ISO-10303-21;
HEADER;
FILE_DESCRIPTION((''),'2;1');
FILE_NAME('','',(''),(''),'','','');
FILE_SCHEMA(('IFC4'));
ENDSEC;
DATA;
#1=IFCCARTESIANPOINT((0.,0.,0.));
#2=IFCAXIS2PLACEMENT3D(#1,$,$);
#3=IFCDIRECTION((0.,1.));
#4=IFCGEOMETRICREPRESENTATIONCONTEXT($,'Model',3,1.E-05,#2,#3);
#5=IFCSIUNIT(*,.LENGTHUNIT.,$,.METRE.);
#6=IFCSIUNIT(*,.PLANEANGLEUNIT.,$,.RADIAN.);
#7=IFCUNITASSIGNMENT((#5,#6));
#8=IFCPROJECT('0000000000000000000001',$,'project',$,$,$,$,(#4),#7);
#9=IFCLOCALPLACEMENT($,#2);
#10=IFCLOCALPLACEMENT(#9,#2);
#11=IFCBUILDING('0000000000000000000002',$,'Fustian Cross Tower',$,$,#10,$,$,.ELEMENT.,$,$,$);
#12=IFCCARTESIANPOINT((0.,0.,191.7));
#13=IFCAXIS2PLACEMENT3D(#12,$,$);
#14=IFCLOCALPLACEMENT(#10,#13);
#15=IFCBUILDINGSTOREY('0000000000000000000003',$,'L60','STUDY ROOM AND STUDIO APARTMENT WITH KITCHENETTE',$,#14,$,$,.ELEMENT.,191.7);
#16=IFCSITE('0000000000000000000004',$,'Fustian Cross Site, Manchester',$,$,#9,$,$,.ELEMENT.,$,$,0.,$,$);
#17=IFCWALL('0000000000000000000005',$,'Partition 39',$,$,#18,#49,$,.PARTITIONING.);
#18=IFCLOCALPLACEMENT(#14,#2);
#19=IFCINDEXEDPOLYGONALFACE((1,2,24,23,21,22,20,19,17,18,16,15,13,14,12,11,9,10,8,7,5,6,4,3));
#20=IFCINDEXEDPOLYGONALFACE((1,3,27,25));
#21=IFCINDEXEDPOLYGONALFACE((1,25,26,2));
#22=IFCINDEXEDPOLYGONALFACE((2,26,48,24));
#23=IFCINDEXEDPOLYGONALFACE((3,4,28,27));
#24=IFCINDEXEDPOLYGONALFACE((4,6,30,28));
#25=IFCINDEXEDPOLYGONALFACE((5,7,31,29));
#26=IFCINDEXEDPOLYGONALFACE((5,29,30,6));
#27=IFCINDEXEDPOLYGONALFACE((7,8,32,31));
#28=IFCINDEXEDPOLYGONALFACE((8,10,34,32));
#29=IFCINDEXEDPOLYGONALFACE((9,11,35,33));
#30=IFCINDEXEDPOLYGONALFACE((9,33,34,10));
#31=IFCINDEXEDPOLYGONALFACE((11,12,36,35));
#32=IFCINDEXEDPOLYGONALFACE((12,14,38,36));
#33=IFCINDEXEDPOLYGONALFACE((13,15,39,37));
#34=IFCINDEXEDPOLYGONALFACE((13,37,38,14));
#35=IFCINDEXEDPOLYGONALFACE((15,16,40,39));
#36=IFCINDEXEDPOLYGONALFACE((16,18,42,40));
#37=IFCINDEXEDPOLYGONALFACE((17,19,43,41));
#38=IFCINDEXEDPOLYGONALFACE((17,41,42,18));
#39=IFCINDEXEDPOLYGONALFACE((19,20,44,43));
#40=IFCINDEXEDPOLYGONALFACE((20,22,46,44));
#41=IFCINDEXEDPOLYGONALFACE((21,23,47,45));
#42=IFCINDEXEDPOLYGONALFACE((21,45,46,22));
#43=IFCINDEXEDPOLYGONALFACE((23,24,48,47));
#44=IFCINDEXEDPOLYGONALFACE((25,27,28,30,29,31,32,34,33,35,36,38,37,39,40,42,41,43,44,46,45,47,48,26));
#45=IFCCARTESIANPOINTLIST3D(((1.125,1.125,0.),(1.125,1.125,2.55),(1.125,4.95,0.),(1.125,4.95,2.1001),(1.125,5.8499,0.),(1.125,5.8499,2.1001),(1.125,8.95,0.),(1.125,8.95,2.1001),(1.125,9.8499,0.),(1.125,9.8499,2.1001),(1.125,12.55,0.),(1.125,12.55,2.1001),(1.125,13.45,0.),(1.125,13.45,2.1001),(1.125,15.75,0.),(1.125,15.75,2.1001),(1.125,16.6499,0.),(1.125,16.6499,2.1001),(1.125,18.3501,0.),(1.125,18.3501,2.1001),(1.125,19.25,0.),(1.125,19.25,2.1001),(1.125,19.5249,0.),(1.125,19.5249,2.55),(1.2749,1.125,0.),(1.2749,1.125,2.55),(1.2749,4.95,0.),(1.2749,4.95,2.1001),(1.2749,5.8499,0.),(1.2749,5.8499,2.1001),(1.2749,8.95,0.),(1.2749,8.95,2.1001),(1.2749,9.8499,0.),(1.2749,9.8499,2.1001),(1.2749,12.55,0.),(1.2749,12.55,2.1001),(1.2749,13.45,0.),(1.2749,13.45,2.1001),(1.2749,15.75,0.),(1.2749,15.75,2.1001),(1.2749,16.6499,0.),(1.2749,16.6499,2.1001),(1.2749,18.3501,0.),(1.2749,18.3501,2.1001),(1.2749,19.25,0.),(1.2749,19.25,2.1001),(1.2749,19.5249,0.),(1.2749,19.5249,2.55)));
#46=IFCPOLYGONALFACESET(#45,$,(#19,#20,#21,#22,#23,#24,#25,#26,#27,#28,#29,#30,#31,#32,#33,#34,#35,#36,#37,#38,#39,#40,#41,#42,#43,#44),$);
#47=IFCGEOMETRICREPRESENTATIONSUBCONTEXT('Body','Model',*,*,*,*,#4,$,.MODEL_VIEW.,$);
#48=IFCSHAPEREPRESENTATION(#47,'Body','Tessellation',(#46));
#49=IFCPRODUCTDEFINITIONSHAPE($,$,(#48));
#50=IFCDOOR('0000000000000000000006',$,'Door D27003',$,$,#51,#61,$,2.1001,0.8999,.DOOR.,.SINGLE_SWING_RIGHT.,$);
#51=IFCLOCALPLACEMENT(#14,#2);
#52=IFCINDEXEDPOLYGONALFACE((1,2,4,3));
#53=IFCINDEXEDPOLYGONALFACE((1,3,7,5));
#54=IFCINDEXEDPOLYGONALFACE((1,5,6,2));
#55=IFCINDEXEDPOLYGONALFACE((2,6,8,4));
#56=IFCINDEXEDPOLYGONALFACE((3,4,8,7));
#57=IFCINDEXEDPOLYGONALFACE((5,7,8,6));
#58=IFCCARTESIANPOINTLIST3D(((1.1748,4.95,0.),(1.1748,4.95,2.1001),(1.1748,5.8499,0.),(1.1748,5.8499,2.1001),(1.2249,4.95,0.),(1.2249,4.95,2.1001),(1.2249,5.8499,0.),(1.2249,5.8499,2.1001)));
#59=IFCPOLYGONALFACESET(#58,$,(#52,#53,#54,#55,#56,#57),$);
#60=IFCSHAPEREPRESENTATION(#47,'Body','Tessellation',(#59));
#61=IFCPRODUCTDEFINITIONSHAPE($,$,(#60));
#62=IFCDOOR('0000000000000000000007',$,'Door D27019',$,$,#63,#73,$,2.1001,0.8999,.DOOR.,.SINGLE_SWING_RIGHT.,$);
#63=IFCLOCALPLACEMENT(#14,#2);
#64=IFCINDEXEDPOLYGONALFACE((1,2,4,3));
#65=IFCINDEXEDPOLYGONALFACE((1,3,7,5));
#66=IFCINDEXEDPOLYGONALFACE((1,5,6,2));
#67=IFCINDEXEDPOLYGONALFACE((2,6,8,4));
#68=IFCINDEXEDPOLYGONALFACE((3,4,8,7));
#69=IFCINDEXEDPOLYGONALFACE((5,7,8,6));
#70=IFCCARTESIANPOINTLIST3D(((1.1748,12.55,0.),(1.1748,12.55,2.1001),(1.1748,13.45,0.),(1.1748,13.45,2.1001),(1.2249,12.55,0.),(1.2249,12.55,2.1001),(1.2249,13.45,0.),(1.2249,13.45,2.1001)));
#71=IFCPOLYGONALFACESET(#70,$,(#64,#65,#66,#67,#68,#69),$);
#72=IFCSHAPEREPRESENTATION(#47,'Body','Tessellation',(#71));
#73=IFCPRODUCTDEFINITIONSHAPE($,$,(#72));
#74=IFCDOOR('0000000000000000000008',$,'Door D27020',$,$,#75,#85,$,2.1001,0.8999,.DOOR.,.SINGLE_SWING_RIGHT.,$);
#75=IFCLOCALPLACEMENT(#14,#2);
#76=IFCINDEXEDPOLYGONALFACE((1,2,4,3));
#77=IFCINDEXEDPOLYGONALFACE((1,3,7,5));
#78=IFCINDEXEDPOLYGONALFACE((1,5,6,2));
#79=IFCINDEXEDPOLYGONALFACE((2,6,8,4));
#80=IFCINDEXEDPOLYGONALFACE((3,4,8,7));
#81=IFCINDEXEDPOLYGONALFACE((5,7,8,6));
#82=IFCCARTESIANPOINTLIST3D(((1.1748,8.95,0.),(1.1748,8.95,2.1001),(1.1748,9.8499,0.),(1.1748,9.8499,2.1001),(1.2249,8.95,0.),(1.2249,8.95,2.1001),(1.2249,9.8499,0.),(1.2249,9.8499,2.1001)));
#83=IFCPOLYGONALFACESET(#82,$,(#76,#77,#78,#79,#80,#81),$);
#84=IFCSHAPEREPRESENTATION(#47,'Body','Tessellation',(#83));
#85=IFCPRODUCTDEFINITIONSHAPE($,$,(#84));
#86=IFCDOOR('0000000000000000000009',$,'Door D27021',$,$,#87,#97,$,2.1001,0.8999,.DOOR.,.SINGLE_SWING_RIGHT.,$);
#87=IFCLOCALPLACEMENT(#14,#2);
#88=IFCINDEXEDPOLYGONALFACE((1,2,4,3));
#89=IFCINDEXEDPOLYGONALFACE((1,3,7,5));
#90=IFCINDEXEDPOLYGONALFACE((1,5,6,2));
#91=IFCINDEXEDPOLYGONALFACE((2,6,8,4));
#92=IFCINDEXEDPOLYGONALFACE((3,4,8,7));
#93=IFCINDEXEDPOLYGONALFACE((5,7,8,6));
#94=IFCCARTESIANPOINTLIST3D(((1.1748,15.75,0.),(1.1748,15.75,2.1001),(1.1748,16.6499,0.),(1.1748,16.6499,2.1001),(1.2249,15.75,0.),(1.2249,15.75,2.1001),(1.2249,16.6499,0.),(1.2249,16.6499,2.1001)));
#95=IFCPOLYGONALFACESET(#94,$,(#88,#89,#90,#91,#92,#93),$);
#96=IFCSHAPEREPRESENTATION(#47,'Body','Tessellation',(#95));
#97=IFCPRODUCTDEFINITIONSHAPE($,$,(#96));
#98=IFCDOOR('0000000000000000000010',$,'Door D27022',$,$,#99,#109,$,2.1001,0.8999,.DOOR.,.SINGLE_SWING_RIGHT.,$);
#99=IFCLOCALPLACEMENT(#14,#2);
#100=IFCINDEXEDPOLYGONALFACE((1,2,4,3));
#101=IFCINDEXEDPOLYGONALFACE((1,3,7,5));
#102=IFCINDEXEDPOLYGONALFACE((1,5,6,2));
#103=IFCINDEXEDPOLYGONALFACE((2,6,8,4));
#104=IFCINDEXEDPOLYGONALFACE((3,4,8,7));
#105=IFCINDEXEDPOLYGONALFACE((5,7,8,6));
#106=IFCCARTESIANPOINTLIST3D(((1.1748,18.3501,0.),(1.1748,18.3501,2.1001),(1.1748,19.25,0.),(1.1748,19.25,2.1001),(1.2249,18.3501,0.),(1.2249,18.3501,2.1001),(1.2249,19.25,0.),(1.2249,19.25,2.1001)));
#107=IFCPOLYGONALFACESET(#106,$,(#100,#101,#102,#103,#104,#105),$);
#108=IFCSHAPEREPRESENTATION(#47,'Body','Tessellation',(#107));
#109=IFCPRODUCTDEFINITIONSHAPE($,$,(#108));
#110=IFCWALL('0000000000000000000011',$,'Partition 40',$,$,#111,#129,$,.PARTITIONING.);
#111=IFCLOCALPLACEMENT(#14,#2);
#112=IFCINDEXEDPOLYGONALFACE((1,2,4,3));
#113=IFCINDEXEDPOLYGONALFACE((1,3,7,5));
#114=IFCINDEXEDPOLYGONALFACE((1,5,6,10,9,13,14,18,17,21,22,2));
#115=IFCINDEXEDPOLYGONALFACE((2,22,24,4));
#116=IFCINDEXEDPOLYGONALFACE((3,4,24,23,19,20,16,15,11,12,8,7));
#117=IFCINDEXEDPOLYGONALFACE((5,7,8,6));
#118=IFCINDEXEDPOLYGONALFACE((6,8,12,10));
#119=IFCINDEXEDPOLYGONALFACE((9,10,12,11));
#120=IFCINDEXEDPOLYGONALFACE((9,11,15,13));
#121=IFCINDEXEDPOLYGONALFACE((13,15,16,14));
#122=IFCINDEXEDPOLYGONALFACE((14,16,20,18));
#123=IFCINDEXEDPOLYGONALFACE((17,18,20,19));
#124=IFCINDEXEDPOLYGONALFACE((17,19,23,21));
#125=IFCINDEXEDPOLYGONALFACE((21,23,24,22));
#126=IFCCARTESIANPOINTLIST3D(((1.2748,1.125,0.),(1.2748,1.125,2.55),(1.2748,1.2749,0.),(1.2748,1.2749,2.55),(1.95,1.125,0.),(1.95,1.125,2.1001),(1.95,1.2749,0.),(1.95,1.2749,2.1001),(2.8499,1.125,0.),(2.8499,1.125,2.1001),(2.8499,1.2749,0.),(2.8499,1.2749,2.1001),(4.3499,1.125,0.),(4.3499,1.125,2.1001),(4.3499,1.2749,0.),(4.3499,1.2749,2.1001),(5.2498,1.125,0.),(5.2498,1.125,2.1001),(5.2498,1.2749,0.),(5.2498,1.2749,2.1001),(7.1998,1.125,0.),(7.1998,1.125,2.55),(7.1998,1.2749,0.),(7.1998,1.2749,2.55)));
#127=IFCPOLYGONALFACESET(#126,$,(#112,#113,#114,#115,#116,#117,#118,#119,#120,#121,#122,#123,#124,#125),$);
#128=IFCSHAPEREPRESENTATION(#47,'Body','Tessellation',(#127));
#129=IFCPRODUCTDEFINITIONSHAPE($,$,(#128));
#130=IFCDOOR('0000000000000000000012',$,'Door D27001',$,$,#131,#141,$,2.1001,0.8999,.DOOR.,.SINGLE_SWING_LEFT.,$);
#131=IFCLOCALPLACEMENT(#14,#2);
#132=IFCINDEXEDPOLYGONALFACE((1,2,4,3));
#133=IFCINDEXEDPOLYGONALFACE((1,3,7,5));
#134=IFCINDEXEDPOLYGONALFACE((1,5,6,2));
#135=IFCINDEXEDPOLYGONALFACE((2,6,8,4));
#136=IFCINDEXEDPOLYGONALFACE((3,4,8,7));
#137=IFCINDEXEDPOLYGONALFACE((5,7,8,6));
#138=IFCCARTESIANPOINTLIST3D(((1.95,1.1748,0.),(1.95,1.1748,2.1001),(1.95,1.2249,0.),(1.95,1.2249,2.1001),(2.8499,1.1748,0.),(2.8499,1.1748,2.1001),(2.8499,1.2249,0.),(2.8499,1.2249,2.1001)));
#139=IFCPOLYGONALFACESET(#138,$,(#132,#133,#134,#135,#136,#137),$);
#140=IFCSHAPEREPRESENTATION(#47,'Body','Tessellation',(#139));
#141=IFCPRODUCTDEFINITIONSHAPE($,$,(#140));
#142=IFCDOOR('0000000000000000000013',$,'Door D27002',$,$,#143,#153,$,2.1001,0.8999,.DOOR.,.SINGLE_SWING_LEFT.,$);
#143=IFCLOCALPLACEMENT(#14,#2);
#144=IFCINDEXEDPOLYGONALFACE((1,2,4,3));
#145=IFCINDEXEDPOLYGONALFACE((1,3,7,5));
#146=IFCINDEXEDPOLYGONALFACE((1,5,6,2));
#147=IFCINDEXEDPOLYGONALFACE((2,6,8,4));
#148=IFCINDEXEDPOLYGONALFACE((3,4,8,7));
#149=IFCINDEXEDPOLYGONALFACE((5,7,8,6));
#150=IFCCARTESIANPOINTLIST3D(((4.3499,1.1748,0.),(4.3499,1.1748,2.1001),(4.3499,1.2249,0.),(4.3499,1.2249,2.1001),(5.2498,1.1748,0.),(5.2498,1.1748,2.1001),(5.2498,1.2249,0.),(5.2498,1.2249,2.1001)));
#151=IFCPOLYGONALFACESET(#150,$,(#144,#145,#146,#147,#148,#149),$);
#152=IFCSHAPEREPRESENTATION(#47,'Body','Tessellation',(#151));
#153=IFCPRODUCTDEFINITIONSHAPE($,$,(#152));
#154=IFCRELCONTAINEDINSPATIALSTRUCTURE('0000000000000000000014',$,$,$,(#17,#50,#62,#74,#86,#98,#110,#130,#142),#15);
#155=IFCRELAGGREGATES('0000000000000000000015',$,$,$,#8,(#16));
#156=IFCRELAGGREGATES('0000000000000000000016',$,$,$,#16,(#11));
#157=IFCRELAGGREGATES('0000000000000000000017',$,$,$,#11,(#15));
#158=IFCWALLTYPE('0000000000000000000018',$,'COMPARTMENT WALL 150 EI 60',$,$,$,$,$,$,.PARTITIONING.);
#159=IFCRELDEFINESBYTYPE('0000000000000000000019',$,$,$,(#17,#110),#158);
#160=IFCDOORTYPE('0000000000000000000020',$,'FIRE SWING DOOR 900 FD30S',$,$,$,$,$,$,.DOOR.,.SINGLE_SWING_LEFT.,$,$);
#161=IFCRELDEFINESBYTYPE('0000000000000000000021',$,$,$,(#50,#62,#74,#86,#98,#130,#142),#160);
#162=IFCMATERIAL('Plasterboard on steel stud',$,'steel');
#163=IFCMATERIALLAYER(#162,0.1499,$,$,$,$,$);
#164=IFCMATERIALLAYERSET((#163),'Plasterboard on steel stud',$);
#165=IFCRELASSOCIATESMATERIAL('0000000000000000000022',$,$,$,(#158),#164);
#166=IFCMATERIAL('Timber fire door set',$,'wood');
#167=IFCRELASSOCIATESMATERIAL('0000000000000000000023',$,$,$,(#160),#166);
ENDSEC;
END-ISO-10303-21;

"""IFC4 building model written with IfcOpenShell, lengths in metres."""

from ifc_helpers import new_model, si_unit, direction, frame, frame_2d, origin, place, context, subcontext, project, spatial, rectangle, extrude, material, layer, layer_set, type_object, element, fill, save


model = new_model("IFC4")

# Units and contexts
model_context = context("Model", 3, precision=1e-05, world=origin(), true_north=direction((0.0, 1.0)))
body_context = subcontext(model_context, "Body", "Model", "MODEL_VIEW")
ifc_project = project(units=[si_unit("LENGTHUNIT", "METRE"), si_unit("PLANEANGLEUNIT", "RADIAN")], contexts=[model_context])

# Site, building, storey
site_placement = place(None, origin())
site = spatial("IfcSite", under=ifc_project, at=site_placement, Name="Fustian Cross Site, Manchester", CompositionType="ELEMENT", RefElevation=0.0)
building_placement = place(site_placement, origin())
building = spatial("IfcBuilding", under=site, at=building_placement, Name="Fustian Cross Tower", CompositionType="ELEMENT")
storey_placement = place(building_placement, frame((0.0, 0.0, 191.7)))
storey = spatial("IfcBuildingStorey", under=building, at=storey_placement, Name="L60", Description="STUDY ROOM AND STUDIO APARTMENT WITH KITCHENETTE", CompositionType="ELEMENT", Elevation=191.7)

# Walls, openings, doors
ifc_material_1 = material(Name="Plasterboard on steel stud", Category="steel")
ifc_layer_1 = layer(ifc_material_1, 0.1499)
ifc_layer_set_1 = layer_set([ifc_layer_1], Name="Plasterboard on steel stud")
wall_type_1 = type_object("IfcWallType", Name="COMPARTMENT WALL 150 EI 60", PredefinedType="PARTITIONING", material=ifc_layer_set_1)
ifc_material_2 = material(Name="Timber fire door set", Category="wood")
door_type_1 = type_object("IfcDoorType", Name="FIRE SWING DOOR 900 FD30S", OperationType="SINGLE_SWING_LEFT", PredefinedType="DOOR", material=ifc_material_2)
wall_1_placement = place(storey_placement, frame((1.2, 1.125, 0.0), z_axis=(0.0, 0.0, 1.0), x_axis=(0.0, 1.0, 0.0)))
wall_1 = element("IfcWall", 1, at=wall_1_placement, inside=storey, type_object=wall_type_1, Name="Partition 39", PredefinedType="PARTITIONING", context=body_context, shape_type="SweptSolid", body=[
    extrude(rectangle(XDim=18.3999, YDim=0.1499, at=frame_2d((9.2, 0.0))), origin(), (0.0, 0.0, 1.0), 2.55),
])
opening_1_placement = place(wall_1_placement, frame((3.825, 0.0, 0.0)))
opening_1 = element("IfcOpeningElement", 2, at=opening_1_placement, cuts=wall_1, PredefinedType="OPENING", context=body_context, shape_type="SweptSolid", body=[
    extrude(rectangle(XDim=0.8999, YDim=2.1001, at=frame_2d((0.45, 1.05))), frame((0.0, 0.085, 0.0), z_axis=(0.0, -1.0, 0.0), x_axis=(1.0, 0.0, 0.0)), (0.0, 0.0, 1.0), 0.1699),
])
opening_2_placement = place(wall_1_placement, frame((11.425, 0.0, 0.0)))
opening_2 = element("IfcOpeningElement", 3, at=opening_2_placement, cuts=wall_1, PredefinedType="OPENING", context=body_context, shape_type="SweptSolid", body=[
    extrude(rectangle(XDim=0.8999, YDim=2.1001, at=frame_2d((0.45, 1.05))), frame((0.0, 0.085, 0.0), z_axis=(0.0, -1.0, 0.0), x_axis=(1.0, 0.0, 0.0)), (0.0, 0.0, 1.0), 0.1699),
])
opening_3_placement = place(wall_1_placement, frame((7.825, 0.0, 0.0)))
opening_3 = element("IfcOpeningElement", 4, at=opening_3_placement, cuts=wall_1, PredefinedType="OPENING", context=body_context, shape_type="SweptSolid", body=[
    extrude(rectangle(XDim=0.8999, YDim=2.1001, at=frame_2d((0.45, 1.05))), frame((0.0, 0.085, 0.0), z_axis=(0.0, -1.0, 0.0), x_axis=(1.0, 0.0, 0.0)), (0.0, 0.0, 1.0), 0.1699),
])
opening_4_placement = place(wall_1_placement, frame((14.625, 0.0, 0.0)))
opening_4 = element("IfcOpeningElement", 5, at=opening_4_placement, cuts=wall_1, PredefinedType="OPENING", context=body_context, shape_type="SweptSolid", body=[
    extrude(rectangle(XDim=0.8999, YDim=2.1001, at=frame_2d((0.45, 1.05))), frame((0.0, 0.085, 0.0), z_axis=(0.0, -1.0, 0.0), x_axis=(1.0, 0.0, 0.0)), (0.0, 0.0, 1.0), 0.1699),
])
opening_5_placement = place(wall_1_placement, frame((17.2251, 0.0, 0.0)))
opening_5 = element("IfcOpeningElement", 6, at=opening_5_placement, cuts=wall_1, PredefinedType="OPENING", context=body_context, shape_type="SweptSolid", body=[
    extrude(rectangle(XDim=0.8999, YDim=2.1001, at=frame_2d((0.45, 1.05))), frame((0.0, 0.085, 0.0), z_axis=(0.0, -1.0, 0.0), x_axis=(1.0, 0.0, 0.0)), (0.0, 0.0, 1.0), 0.1699),
])
door_1_placement = place(opening_1_placement, frame((0.8999, 0.0, 0.0), z_axis=(0.0, 0.0, 1.0), x_axis=(-1.0, 0.0, 0.0)))
door_1 = element("IfcDoor", 7, at=door_1_placement, inside=storey, type_object=door_type_1, Name="Door D27003", OperationType="SINGLE_SWING_RIGHT", OverallHeight=2.1001, OverallWidth=0.8999, PredefinedType="DOOR", context=body_context, shape_type="SweptSolid", body=[
    extrude(rectangle(XDim=0.8999, YDim=2.1001, at=frame_2d((0.45, 1.05))), frame((0.0, 0.0249, 0.0), z_axis=(0.0, -1.0, 0.0), x_axis=(1.0, 0.0, 0.0)), (0.0, 0.0, 1.0), 0.05),
])
fill(opening_1, door_1)
door_2_placement = place(opening_2_placement, frame((0.8999, 0.0, 0.0), z_axis=(0.0, 0.0, 1.0), x_axis=(-1.0, 0.0, 0.0)))
door_2 = element("IfcDoor", 8, at=door_2_placement, inside=storey, type_object=door_type_1, Name="Door D27019", OperationType="SINGLE_SWING_RIGHT", OverallHeight=2.1001, OverallWidth=0.8999, PredefinedType="DOOR", context=body_context, shape_type="SweptSolid", body=[
    extrude(rectangle(XDim=0.8999, YDim=2.1001, at=frame_2d((0.45, 1.05))), frame((0.0, 0.0249, 0.0), z_axis=(0.0, -1.0, 0.0), x_axis=(1.0, 0.0, 0.0)), (0.0, 0.0, 1.0), 0.05),
])
fill(opening_2, door_2)
door_3_placement = place(opening_3_placement, frame((0.8999, 0.0, 0.0), z_axis=(0.0, 0.0, 1.0), x_axis=(-1.0, 0.0, 0.0)))
door_3 = element("IfcDoor", 9, at=door_3_placement, inside=storey, type_object=door_type_1, Name="Door D27020", OperationType="SINGLE_SWING_RIGHT", OverallHeight=2.1001, OverallWidth=0.8999, PredefinedType="DOOR", context=body_context, shape_type="SweptSolid", body=[
    extrude(rectangle(XDim=0.8999, YDim=2.1001, at=frame_2d((0.45, 1.05))), frame((0.0, 0.0249, 0.0), z_axis=(0.0, -1.0, 0.0), x_axis=(1.0, 0.0, 0.0)), (0.0, 0.0, 1.0), 0.05),
])
fill(opening_3, door_3)
door_4_placement = place(opening_4_placement, frame((0.8999, 0.0, 0.0), z_axis=(0.0, 0.0, 1.0), x_axis=(-1.0, 0.0, 0.0)))
door_4 = element("IfcDoor", 10, at=door_4_placement, inside=storey, type_object=door_type_1, Name="Door D27021", OperationType="SINGLE_SWING_RIGHT", OverallHeight=2.1001, OverallWidth=0.8999, PredefinedType="DOOR", context=body_context, shape_type="SweptSolid", body=[
    extrude(rectangle(XDim=0.8999, YDim=2.1001, at=frame_2d((0.45, 1.05))), frame((0.0, 0.0249, 0.0), z_axis=(0.0, -1.0, 0.0), x_axis=(1.0, 0.0, 0.0)), (0.0, 0.0, 1.0), 0.05),
])
fill(opening_4, door_4)
door_5_placement = place(opening_5_placement, frame((0.8999, 0.0, 0.0), z_axis=(0.0, 0.0, 1.0), x_axis=(-1.0, 0.0, 0.0)))
door_5 = element("IfcDoor", 11, at=door_5_placement, inside=storey, type_object=door_type_1, Name="Door D27022", OperationType="SINGLE_SWING_RIGHT", OverallHeight=2.1001, OverallWidth=0.8999, PredefinedType="DOOR", context=body_context, shape_type="SweptSolid", body=[
    extrude(rectangle(XDim=0.8999, YDim=2.1001, at=frame_2d((0.45, 1.05))), frame((0.0, 0.0249, 0.0), z_axis=(0.0, -1.0, 0.0), x_axis=(1.0, 0.0, 0.0)), (0.0, 0.0, 1.0), 0.05),
])
fill(opening_5, door_5)
wall_2_placement = place(storey_placement, frame((1.2749, 1.2, 0.0), z_axis=(0.0, 0.0, 1.0), x_axis=(1.0, 0.0, 0.0)))
wall_2 = element("IfcWall", 12, at=wall_2_placement, inside=storey, type_object=wall_type_1, Name="Partition 40", PredefinedType="PARTITIONING", context=body_context, shape_type="SweptSolid", body=[
    extrude(rectangle(XDim=5.925, YDim=0.1499, at=frame_2d((2.9624, 0.0))), origin(), (0.0, 0.0, 1.0), 2.55),
])
opening_6_placement = place(wall_2_placement, frame((0.675, 0.0, 0.0)))
opening_6 = element("IfcOpeningElement", 13, at=opening_6_placement, cuts=wall_2, PredefinedType="OPENING", context=body_context, shape_type="SweptSolid", body=[
    extrude(rectangle(XDim=0.8999, YDim=2.1001, at=frame_2d((0.45, 1.05))), frame((0.0, 0.085, 0.0), z_axis=(0.0, -1.0, 0.0), x_axis=(1.0, 0.0, 0.0)), (0.0, 0.0, 1.0), 0.1699),
])
opening_7_placement = place(wall_2_placement, frame((3.075, 0.0, 0.0)))
opening_7 = element("IfcOpeningElement", 14, at=opening_7_placement, cuts=wall_2, PredefinedType="OPENING", context=body_context, shape_type="SweptSolid", body=[
    extrude(rectangle(XDim=0.8999, YDim=2.1001, at=frame_2d((0.45, 1.05))), frame((0.0, 0.085, 0.0), z_axis=(0.0, -1.0, 0.0), x_axis=(1.0, 0.0, 0.0)), (0.0, 0.0, 1.0), 0.1699),
])
door_6_placement = place(opening_6_placement, origin())
door_6 = element("IfcDoor", 15, at=door_6_placement, inside=storey, type_object=door_type_1, Name="Door D27001", OperationType="SINGLE_SWING_LEFT", OverallHeight=2.1001, OverallWidth=0.8999, PredefinedType="DOOR", context=body_context, shape_type="SweptSolid", body=[
    extrude(rectangle(XDim=0.8999, YDim=2.1001, at=frame_2d((0.45, 1.05))), frame((0.0, 0.0249, 0.0), z_axis=(0.0, -1.0, 0.0), x_axis=(1.0, 0.0, 0.0)), (0.0, 0.0, 1.0), 0.05),
])
fill(opening_6, door_6)
door_7_placement = place(opening_7_placement, origin())
door_7 = element("IfcDoor", 16, at=door_7_placement, inside=storey, type_object=door_type_1, Name="Door D27002", OperationType="SINGLE_SWING_LEFT", OverallHeight=2.1001, OverallWidth=0.8999, PredefinedType="DOOR", context=body_context, shape_type="SweptSolid", body=[
    extrude(rectangle(XDim=0.8999, YDim=2.1001, at=frame_2d((0.45, 1.05))), frame((0.0, 0.0249, 0.0), z_axis=(0.0, -1.0, 0.0), x_axis=(1.0, 0.0, 0.0)), (0.0, 0.0, 1.0), 0.05),
])
fill(opening_7, door_7)

save(model, "model.ifc")
